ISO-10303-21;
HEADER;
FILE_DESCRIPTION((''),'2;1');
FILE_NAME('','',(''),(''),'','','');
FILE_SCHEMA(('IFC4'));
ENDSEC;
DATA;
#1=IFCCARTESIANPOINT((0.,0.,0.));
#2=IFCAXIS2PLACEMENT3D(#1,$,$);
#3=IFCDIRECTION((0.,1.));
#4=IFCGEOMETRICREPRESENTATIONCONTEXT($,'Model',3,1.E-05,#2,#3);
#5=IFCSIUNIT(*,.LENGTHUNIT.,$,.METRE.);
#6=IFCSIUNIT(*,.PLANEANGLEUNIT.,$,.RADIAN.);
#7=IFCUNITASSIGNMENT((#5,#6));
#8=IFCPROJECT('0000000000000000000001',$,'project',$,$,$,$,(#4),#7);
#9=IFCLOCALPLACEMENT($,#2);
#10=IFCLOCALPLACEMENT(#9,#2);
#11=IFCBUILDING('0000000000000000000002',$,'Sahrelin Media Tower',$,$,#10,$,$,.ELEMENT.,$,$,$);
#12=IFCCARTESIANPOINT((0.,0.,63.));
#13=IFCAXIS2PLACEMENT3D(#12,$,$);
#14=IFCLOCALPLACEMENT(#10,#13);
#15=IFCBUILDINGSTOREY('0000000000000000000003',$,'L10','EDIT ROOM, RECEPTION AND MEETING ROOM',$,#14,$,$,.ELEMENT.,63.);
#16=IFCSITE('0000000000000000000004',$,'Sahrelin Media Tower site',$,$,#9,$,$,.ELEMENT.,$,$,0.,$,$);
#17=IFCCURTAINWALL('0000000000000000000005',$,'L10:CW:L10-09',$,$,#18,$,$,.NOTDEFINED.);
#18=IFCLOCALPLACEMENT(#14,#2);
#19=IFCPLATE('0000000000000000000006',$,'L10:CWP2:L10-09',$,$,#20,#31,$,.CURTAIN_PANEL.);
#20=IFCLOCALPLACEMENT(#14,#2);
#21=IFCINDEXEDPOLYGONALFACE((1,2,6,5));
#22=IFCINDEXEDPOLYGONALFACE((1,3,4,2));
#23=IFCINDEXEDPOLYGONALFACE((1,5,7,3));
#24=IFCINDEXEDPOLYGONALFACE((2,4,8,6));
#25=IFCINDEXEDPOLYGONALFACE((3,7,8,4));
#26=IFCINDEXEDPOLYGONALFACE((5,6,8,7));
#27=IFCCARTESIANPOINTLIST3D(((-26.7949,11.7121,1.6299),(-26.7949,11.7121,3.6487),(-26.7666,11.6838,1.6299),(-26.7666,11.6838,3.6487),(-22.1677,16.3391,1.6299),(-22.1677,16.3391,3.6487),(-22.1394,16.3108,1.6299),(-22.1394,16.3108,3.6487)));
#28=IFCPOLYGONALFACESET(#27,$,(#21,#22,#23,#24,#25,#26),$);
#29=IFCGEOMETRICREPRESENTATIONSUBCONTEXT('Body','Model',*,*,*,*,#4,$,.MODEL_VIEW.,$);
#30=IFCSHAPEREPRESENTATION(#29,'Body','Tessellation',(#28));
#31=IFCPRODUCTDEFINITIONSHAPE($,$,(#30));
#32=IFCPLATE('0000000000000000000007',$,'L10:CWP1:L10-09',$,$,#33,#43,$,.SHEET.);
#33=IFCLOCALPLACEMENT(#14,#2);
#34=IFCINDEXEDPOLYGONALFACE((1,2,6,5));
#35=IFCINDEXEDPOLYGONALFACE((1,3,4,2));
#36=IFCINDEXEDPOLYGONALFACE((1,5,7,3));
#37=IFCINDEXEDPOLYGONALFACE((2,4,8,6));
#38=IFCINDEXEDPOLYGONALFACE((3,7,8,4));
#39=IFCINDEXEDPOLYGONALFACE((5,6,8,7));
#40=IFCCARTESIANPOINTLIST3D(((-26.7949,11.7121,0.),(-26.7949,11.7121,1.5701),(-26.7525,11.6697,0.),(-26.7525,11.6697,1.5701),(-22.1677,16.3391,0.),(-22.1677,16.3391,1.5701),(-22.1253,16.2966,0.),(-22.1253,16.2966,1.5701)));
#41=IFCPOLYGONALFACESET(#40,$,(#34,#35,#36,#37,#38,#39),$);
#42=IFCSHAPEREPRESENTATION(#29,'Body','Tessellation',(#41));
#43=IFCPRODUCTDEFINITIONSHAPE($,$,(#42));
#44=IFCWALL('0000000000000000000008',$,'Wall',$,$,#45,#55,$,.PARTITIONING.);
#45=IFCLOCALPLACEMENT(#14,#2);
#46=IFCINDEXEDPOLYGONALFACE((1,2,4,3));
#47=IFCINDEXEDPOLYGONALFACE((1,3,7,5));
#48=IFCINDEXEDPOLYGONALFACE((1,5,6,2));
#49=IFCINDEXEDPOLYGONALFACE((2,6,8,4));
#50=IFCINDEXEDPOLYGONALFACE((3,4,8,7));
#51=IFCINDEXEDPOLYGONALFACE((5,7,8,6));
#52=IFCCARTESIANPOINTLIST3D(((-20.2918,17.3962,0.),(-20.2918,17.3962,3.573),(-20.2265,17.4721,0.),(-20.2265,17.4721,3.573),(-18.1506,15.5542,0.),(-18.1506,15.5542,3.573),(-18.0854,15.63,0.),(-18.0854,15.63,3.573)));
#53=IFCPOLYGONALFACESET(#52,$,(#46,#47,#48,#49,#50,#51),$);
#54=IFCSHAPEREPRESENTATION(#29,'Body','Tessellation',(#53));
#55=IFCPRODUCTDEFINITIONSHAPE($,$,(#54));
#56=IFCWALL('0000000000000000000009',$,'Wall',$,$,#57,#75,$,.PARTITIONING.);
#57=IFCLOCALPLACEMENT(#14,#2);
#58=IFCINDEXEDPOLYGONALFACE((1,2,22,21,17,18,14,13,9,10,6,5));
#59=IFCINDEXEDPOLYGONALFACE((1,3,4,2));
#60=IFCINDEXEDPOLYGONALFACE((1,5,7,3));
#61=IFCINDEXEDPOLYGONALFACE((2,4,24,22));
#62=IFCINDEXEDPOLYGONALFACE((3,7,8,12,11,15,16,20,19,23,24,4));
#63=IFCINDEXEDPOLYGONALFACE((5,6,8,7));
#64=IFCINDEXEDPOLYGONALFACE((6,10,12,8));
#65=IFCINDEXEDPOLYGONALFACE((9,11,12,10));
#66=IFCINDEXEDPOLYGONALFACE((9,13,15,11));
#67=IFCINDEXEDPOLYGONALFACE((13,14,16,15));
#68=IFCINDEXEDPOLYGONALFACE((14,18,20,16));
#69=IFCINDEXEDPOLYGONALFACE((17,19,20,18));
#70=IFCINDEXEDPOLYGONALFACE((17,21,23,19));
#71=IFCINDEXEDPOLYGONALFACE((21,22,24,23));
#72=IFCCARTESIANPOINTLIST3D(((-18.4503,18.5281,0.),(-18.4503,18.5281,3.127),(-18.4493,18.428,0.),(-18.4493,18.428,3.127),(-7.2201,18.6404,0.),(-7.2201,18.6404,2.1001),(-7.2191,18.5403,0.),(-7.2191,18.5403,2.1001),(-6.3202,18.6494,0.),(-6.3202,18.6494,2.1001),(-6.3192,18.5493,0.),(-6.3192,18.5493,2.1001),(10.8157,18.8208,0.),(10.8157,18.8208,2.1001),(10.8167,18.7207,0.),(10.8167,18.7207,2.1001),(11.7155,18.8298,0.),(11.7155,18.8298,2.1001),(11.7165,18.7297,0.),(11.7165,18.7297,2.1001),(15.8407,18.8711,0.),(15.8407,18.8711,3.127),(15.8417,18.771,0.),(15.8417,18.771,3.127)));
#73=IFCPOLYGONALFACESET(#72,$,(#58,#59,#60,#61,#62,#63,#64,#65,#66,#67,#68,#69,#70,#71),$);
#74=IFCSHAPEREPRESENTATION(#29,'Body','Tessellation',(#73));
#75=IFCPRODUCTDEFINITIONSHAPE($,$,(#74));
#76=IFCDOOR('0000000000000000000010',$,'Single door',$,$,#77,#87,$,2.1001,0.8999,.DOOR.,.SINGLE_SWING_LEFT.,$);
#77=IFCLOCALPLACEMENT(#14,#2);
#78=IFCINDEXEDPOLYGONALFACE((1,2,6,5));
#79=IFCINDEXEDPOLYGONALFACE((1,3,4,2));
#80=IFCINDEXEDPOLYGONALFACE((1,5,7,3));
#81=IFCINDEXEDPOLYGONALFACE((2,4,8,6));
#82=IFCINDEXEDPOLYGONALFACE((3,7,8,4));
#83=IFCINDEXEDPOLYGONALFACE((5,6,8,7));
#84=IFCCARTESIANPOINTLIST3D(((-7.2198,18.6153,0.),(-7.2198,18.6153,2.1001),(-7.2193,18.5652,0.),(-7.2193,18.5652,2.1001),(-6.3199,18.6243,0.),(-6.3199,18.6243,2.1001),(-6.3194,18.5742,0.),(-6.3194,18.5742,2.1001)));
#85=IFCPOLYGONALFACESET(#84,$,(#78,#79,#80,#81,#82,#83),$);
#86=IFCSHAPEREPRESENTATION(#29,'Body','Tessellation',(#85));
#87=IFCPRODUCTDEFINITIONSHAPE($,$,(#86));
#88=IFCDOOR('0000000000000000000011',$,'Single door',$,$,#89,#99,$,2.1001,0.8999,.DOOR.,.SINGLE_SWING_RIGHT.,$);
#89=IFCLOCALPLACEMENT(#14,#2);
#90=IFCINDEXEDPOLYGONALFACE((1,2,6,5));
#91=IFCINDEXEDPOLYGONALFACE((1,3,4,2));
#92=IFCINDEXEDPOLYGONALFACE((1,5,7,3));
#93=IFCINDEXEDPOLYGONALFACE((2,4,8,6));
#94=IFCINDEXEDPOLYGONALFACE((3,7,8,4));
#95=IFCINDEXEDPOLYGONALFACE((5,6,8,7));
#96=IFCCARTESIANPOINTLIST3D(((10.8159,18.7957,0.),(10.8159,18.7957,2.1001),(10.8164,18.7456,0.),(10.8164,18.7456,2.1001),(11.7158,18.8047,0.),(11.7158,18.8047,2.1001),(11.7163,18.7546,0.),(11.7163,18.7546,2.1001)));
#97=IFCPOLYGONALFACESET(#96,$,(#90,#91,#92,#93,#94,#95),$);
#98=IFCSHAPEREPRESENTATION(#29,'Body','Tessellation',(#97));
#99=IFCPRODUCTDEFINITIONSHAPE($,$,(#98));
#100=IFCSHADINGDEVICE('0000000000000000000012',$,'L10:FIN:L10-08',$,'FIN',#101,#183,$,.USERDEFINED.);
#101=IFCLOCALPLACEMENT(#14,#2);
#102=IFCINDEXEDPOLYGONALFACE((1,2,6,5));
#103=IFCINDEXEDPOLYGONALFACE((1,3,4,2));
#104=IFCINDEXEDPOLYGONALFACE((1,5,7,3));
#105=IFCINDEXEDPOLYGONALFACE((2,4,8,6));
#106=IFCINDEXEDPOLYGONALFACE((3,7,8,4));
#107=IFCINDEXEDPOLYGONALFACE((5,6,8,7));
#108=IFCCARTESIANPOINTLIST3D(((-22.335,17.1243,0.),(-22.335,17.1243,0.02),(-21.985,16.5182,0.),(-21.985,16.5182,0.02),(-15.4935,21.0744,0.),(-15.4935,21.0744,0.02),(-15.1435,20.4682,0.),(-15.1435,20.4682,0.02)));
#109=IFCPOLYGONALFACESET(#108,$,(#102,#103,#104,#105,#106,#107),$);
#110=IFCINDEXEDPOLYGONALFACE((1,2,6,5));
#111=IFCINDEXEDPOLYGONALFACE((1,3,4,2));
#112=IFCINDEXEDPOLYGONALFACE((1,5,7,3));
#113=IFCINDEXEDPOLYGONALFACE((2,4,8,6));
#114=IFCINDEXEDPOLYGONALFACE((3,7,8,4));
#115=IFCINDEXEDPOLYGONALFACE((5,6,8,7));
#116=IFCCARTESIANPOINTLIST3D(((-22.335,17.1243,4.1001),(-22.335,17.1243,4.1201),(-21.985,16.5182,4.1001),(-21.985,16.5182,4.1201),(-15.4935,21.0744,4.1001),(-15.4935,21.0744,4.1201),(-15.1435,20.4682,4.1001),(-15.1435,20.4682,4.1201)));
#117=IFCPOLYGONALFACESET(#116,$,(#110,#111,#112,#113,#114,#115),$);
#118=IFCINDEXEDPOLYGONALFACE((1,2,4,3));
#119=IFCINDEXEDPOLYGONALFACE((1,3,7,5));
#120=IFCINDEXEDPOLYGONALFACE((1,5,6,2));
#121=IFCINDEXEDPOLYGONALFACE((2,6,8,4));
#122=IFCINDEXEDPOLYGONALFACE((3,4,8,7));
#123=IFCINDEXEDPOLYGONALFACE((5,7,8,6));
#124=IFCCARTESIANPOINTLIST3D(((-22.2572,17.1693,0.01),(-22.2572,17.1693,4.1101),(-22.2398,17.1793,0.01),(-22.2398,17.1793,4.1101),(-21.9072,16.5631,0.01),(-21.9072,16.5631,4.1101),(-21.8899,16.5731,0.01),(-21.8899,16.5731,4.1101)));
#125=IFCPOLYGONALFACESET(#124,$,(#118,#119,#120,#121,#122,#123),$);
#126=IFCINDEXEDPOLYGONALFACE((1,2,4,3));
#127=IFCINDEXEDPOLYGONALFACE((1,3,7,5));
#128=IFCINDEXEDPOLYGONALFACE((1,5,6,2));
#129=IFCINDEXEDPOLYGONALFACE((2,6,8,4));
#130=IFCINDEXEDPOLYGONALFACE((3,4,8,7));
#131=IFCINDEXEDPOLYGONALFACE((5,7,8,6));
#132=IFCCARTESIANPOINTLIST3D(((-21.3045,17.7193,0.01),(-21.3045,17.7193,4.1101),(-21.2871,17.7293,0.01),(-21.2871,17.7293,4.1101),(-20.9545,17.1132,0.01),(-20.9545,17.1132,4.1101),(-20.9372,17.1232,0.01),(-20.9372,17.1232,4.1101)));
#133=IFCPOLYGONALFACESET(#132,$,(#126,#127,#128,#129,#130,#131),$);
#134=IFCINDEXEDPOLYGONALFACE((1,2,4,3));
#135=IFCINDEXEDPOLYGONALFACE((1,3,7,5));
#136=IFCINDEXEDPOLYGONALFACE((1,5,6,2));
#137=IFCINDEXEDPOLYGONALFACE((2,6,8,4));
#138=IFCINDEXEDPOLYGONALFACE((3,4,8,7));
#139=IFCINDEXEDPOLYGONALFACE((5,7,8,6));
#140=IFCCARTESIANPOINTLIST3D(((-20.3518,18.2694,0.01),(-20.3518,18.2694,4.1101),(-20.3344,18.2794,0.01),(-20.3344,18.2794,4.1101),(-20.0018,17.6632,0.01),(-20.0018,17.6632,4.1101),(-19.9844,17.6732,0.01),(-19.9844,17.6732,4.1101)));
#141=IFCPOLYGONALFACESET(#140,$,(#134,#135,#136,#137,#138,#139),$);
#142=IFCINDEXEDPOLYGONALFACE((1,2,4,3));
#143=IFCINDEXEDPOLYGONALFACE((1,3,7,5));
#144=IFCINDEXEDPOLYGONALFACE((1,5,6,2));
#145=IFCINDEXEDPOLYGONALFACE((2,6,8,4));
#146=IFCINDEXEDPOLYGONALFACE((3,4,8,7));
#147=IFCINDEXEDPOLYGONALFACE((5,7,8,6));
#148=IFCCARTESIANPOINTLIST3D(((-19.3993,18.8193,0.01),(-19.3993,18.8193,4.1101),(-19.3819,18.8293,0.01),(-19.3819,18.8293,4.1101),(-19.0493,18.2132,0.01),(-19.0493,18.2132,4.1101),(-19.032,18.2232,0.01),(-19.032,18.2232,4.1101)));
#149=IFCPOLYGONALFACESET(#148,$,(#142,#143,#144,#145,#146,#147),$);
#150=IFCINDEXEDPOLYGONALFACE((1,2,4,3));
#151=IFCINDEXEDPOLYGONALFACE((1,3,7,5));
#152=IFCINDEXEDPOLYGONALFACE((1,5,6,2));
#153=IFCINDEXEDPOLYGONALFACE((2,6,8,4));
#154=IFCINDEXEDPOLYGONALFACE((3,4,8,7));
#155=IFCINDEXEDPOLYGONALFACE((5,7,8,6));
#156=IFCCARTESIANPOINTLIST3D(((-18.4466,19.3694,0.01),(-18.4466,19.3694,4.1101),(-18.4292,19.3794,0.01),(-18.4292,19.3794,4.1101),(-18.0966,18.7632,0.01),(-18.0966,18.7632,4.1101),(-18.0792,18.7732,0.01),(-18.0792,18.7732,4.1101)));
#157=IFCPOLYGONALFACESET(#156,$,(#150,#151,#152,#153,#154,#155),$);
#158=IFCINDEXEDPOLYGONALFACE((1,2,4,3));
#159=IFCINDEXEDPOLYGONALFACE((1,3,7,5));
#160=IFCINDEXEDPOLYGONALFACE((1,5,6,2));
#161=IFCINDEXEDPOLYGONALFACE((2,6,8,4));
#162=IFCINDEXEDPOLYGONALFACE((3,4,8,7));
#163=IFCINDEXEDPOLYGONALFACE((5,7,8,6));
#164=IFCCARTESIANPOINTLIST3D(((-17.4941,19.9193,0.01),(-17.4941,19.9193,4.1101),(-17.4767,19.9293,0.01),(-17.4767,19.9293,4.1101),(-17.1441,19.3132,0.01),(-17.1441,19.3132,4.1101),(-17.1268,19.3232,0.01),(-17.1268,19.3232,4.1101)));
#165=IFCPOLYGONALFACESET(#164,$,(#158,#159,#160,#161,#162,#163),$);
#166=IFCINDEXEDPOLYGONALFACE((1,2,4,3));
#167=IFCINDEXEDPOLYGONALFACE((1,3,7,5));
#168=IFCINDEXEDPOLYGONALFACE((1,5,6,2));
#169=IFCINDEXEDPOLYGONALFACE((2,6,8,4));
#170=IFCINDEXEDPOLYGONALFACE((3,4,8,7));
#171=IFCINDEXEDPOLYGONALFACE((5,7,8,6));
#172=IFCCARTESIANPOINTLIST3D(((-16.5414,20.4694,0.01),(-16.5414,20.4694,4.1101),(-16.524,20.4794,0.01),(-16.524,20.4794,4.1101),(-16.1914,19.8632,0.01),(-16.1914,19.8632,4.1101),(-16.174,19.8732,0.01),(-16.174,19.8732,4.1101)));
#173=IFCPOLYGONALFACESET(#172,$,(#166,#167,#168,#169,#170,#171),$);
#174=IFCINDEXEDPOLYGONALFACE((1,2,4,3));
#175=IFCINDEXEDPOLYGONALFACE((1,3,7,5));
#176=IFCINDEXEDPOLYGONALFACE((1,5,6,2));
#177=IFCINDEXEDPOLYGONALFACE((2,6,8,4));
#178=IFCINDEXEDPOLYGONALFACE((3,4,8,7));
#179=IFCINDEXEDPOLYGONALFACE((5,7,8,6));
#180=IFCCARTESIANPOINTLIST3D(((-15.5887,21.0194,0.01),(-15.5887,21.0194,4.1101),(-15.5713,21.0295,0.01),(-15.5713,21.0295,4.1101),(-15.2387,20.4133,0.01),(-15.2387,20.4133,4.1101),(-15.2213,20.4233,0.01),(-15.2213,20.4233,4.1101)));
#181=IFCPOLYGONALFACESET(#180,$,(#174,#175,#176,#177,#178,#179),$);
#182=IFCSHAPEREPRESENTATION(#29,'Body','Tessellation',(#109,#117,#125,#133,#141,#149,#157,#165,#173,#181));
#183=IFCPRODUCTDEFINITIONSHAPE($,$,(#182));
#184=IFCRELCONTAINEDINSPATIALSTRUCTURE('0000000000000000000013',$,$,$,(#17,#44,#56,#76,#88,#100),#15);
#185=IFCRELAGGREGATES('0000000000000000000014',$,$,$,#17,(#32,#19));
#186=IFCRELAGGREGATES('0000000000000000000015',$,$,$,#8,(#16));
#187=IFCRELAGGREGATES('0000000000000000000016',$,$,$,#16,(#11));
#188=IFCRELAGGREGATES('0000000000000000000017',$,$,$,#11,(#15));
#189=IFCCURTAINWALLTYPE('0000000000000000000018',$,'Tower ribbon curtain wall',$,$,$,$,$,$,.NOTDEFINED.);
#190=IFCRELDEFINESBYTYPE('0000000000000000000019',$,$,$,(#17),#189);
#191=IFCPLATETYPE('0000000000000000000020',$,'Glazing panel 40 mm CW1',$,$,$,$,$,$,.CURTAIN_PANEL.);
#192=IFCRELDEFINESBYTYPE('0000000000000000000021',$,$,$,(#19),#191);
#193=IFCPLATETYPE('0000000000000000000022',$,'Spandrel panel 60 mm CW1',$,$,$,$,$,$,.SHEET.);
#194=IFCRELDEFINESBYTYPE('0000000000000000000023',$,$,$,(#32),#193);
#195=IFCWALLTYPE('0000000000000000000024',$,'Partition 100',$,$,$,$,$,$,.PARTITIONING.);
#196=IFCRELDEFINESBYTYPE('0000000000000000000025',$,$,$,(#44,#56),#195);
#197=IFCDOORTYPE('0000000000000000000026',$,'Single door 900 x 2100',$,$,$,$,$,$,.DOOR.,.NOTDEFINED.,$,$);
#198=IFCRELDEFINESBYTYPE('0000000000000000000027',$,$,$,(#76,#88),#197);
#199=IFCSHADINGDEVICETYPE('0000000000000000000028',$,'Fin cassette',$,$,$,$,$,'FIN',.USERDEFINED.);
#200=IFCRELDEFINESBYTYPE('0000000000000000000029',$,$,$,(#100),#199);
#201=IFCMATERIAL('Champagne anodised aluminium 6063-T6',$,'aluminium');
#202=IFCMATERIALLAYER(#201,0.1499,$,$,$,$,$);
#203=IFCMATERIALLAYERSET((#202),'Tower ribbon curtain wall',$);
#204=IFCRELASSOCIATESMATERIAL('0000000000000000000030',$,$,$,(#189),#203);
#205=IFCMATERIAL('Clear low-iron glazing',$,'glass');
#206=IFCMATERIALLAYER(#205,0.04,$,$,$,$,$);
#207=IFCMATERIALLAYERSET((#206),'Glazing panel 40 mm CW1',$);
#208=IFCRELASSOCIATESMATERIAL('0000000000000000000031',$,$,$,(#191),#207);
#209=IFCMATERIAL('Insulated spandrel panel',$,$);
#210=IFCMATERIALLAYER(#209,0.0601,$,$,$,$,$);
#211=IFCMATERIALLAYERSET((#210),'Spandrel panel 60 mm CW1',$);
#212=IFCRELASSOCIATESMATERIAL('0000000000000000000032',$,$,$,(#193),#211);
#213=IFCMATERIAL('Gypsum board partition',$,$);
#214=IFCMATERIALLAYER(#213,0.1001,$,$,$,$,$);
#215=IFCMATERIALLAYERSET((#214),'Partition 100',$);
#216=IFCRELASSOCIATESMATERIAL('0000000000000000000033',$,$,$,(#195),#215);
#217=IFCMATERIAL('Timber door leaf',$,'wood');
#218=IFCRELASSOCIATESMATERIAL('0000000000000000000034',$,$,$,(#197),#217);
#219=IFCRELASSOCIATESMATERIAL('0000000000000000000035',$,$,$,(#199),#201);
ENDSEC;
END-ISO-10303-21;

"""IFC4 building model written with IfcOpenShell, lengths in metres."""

from ifc_helpers import new_model, si_unit, direction, frame, frame_2d, origin, origin_2d, place, context, subcontext, project, spatial, polyline, rectangle, outline, extrude, material, layer, layer_set, type_object, element, fill, aggregate, save


model = new_model("IFC4")

# Units and contexts
model_context = context("Model", 3, precision=1e-05, world=origin(), true_north=direction((0.0, 1.0)))
body_context = subcontext(model_context, "Body", "Model", "MODEL_VIEW")
ifc_project = project(units=[si_unit("LENGTHUNIT", "METRE"), si_unit("PLANEANGLEUNIT", "RADIAN")], contexts=[model_context])

# Site, building, storey
site_placement = place(None, origin())
site = spatial("IfcSite", under=ifc_project, at=site_placement, Name="Sahrelin Media Tower site", CompositionType="ELEMENT", RefElevation=0.0)
building_placement = place(site_placement, origin())
building = spatial("IfcBuilding", under=site, at=building_placement, Name="Sahrelin Media Tower", CompositionType="ELEMENT")
storey_placement = place(building_placement, frame((0.0, 0.0, 63.0)))
storey = spatial("IfcBuildingStorey", under=building, at=storey_placement, Name="L10", Description="EDIT ROOM, RECEPTION AND MEETING ROOM", CompositionType="ELEMENT", Elevation=63.0)

# Shared definitions
ifc_material_1 = material(Name="Champagne anodised aluminium 6063-T6", Category="aluminium")
ifc_layer_1 = layer(ifc_material_1, 0.1499)
ifc_layer_set_1 = layer_set([ifc_layer_1], Name="Tower ribbon curtain wall")
curtain_wall_type = type_object("IfcCurtainWallType", Name="Tower ribbon curtain wall", PredefinedType="NOTDEFINED", material=ifc_layer_set_1)

# Curtain wall, plates
curtain_wall_1_placement = place(storey_placement, frame((-24.4673, 14.0115, 0.0), z_axis=(0.0, 0.0, 1.0), x_axis=(1.0, 0.0, 0.0)))
curtain_wall_1 = element("IfcCurtainWall", 1, at=curtain_wall_1_placement, inside=storey, type_object=curtain_wall_type, Name="L10:CW:L10-09", PredefinedType="NOTDEFINED")
ifc_material_2 = material(Name="Clear low-iron glazing", Category="glass")
ifc_layer_2 = layer(ifc_material_2, 0.04)
ifc_layer_set_2 = layer_set([ifc_layer_2], Name="Glazing panel 40 mm CW1")
plate_type_1 = type_object("IfcPlateType", Name="Glazing panel 40 mm CW1", PredefinedType="CURTAIN_PANEL", material=ifc_layer_set_2)
plate_1_placement = place(storey_placement, frame((-22.1677, 16.3391, 1.6299), z_axis=(-0.707088, 0.707125, 0.0), x_axis=(-0.707125, -0.707088, 0.0)))
plate_1 = element("IfcPlate", 2, at=plate_1_placement, type_object=plate_type_1, Name="L10:CWP2:L10-09", PredefinedType="CURTAIN_PANEL", context=body_context, shape_type="SweptSolid", body=[
    extrude(outline(polyline([(0.0, 0.0), (6.5437, 0.0), (6.5437, 2.0188), (0.0, 2.0188), (0.0, 0.0)])), origin(), (0.0, 0.0, -1.0), 0.04),
])
ifc_material_3 = material(Name="Insulated spandrel panel")
ifc_layer_3 = layer(ifc_material_3, 0.0601)
ifc_layer_set_3 = layer_set([ifc_layer_3], Name="Spandrel panel 60 mm CW1")
plate_type_2 = type_object("IfcPlateType", Name="Spandrel panel 60 mm CW1", PredefinedType="SHEET", material=ifc_layer_set_3)
plate_2_placement = place(storey_placement, frame((-22.1677, 16.3391, 0.0), z_axis=(-0.707088, 0.707125, 0.0), x_axis=(-0.707125, -0.707088, 0.0)))
plate_2 = element("IfcPlate", 3, at=plate_2_placement, type_object=plate_type_2, Name="L10:CWP1:L10-09", PredefinedType="SHEET", context=body_context, shape_type="SweptSolid", body=[
    extrude(outline(polyline([(0.0, 0.0), (6.5437, 0.0), (6.5437, 1.5701), (0.0, 1.5701), (0.0, 0.0)])), origin(), (0.0, 0.0, -1.0), 0.0601),
])
aggregate(curtain_wall_1, [plate_2, plate_1])

# Wall
ifc_material_4 = material(Name="Gypsum board partition")
ifc_layer_4 = layer(ifc_material_4, 0.1001)
ifc_layer_set_4 = layer_set([ifc_layer_4], Name="Partition 100")
wall_type = type_object("IfcWallType", Name="Partition 100", PredefinedType="PARTITIONING", material=ifc_layer_set_4)
wall_1_placement = place(storey_placement, frame((-20.259, 17.4341, 0.0), z_axis=(0.0, 0.0, 1.0), x_axis=(0.758066, -0.652178, 0.0)))
element("IfcWall", 4, at=wall_1_placement, inside=storey, type_object=wall_type, Name="Wall", PredefinedType="PARTITIONING", context=body_context, shape_type="SweptSolid", body=[
    extrude(rectangle(XDim=2.8245, YDim=0.1001, at=frame_2d((1.4121, 0.0))), origin(), (0.0, 0.0, 1.0), 3.573),
])

# Wall, openings, doors
wall_2_placement = place(storey_placement, frame((-18.45, 18.478, 0.0), z_axis=(0.0, 0.0, 1.0), x_axis=(0.99995, 0.010003, 0.0)))
wall_2 = element("IfcWall", 5, at=wall_2_placement, inside=storey, type_object=wall_type, Name="Wall", PredefinedType="PARTITIONING", context=body_context, shape_type="SweptSolid", body=[
    extrude(rectangle(XDim=34.2927, YDim=0.1001, at=frame_2d((17.1465, 0.0))), origin(), (0.0, 0.0, 1.0), 3.127),
])
opening_1_placement = place(wall_2_placement, frame((11.231, 0.0, 0.0)))
opening_1 = element("IfcOpeningElement", 6, at=opening_1_placement, cuts=wall_2, PredefinedType="OPENING", context=body_context, shape_type="SweptSolid", body=[
    extrude(rectangle(XDim=0.8999, YDim=2.1001, at=frame_2d((0.45, 1.05))), frame((0.0, 0.05, 0.0), z_axis=(0.0, -1.0, 0.0), x_axis=(1.0, 0.0, 0.0)), (0.0, 0.0, 1.0), 0.1001),
])
opening_2_placement = place(wall_2_placement, frame((29.2676, 0.0, 0.0)))
opening_2 = element("IfcOpeningElement", 7, at=opening_2_placement, cuts=wall_2, PredefinedType="OPENING", context=body_context, shape_type="SweptSolid", body=[
    extrude(rectangle(XDim=0.8999, YDim=2.1001, at=frame_2d((0.45, 1.05))), frame((0.0, 0.05, 0.0), z_axis=(0.0, -1.0, 0.0), x_axis=(1.0, 0.0, 0.0)), (0.0, 0.0, 1.0), 0.1001),
])
ifc_material_5 = material(Name="Timber door leaf", Category="wood")
door_type = type_object("IfcDoorType", Name="Single door 900 x 2100", OperationType="NOTDEFINED", PredefinedType="DOOR", material=ifc_material_5)
door_1_placement = place(opening_1_placement, origin())
door_1 = element("IfcDoor", 8, at=door_1_placement, inside=storey, type_object=door_type, Name="Single door", OperationType="SINGLE_SWING_LEFT", OverallHeight=2.1001, OverallWidth=0.8999, PredefinedType="DOOR", context=body_context, shape_type="SweptSolid", body=[
    extrude(rectangle(XDim=0.8999, YDim=2.1001, at=frame_2d((0.45, 1.05))), frame((0.0, 0.0249, 0.0), z_axis=(0.0, -1.0, 0.0), x_axis=(1.0, 0.0, 0.0)), (0.0, 0.0, 1.0), 0.05),
])
fill(opening_1, door_1)
door_2_placement = place(opening_2_placement, origin())
door_2 = element("IfcDoor", 9, at=door_2_placement, inside=storey, type_object=door_type, Name="Single door", OperationType="SINGLE_SWING_RIGHT", OverallHeight=2.1001, OverallWidth=0.8999, PredefinedType="DOOR", context=body_context, shape_type="SweptSolid", body=[
    extrude(rectangle(XDim=0.8999, YDim=2.1001, at=frame_2d((0.45, 1.05))), frame((0.0, 0.0249, 0.0), z_axis=(0.0, -1.0, 0.0), x_axis=(1.0, 0.0, 0.0)), (0.0, 0.0, 1.0), 0.05),
])
fill(opening_2, door_2)

# Shading device
shading_device_type_1 = type_object("IfcShadingDeviceType", Name="Fin cassette", ElementType="FIN", PredefinedType="USERDEFINED", material=ifc_material_1)
placement = place(storey_placement, frame((-18.5293, 18.4326, 0.0), z_axis=(0.0, 0.0, 1.0), x_axis=(0.866019, 0.500011, 0.0)))
element("IfcShadingDevice", 10, at=placement, inside=storey, type_object=shading_device_type_1, Name="L10:FIN:L10-08", ObjectType="FIN", PredefinedType="USERDEFINED", context=body_context, shape_type="SweptSolid", body=[
    extrude(rectangle(XDim=7.8999, YDim=0.7, at=origin_2d()), frame((0.0, 0.4199, 0.0)), (0.0, 0.0, 1.0), 0.02),
    extrude(rectangle(XDim=7.8999, YDim=0.7, at=origin_2d()), frame((0.0, 0.4199, 4.1001)), (0.0, 0.0, 1.0), 0.02),
    extrude(rectangle(XDim=0.02, YDim=0.7, at=origin_2d()), frame((-3.8501, 0.4199, 0.01), z_axis=(0.0, 0.0, 1.0), x_axis=(1.0, 0.0, 0.0)), (0.0, 0.0, 1.0), 4.1001),
    extrude(rectangle(XDim=0.02, YDim=0.7, at=origin_2d()), frame((-2.75, 0.4199, 0.01), z_axis=(0.0, 0.0, 1.0), x_axis=(1.0, 0.0, 0.0)), (0.0, 0.0, 1.0), 4.1001),
    extrude(rectangle(XDim=0.02, YDim=0.7, at=origin_2d()), frame((-1.6499, 0.4199, 0.01), z_axis=(0.0, 0.0, 1.0), x_axis=(1.0, 0.0, 0.0)), (0.0, 0.0, 1.0), 4.1001),
    extrude(rectangle(XDim=0.02, YDim=0.7, at=origin_2d()), frame((-0.55, 0.4199, 0.01), z_axis=(0.0, 0.0, 1.0), x_axis=(1.0, 0.0, 0.0)), (0.0, 0.0, 1.0), 4.1001),
    extrude(rectangle(XDim=0.02, YDim=0.7, at=origin_2d()), frame((0.55, 0.4199, 0.01), z_axis=(0.0, 0.0, 1.0), x_axis=(1.0, 0.0, 0.0)), (0.0, 0.0, 1.0), 4.1001),
    extrude(rectangle(XDim=0.02, YDim=0.7, at=origin_2d()), frame((1.6499, 0.4199, 0.01), z_axis=(0.0, 0.0, 1.0), x_axis=(1.0, 0.0, 0.0)), (0.0, 0.0, 1.0), 4.1001),
    extrude(rectangle(XDim=0.02, YDim=0.7, at=origin_2d()), frame((2.75, 0.4199, 0.01), z_axis=(0.0, 0.0, 1.0), x_axis=(1.0, 0.0, 0.0)), (0.0, 0.0, 1.0), 4.1001),
    extrude(rectangle(XDim=0.02, YDim=0.7, at=origin_2d()), frame((3.8501, 0.4199, 0.01), z_axis=(0.0, 0.0, 1.0), x_axis=(1.0, 0.0, 0.0)), (0.0, 0.0, 1.0), 4.1001),
])

save(model, "model.ifc")
